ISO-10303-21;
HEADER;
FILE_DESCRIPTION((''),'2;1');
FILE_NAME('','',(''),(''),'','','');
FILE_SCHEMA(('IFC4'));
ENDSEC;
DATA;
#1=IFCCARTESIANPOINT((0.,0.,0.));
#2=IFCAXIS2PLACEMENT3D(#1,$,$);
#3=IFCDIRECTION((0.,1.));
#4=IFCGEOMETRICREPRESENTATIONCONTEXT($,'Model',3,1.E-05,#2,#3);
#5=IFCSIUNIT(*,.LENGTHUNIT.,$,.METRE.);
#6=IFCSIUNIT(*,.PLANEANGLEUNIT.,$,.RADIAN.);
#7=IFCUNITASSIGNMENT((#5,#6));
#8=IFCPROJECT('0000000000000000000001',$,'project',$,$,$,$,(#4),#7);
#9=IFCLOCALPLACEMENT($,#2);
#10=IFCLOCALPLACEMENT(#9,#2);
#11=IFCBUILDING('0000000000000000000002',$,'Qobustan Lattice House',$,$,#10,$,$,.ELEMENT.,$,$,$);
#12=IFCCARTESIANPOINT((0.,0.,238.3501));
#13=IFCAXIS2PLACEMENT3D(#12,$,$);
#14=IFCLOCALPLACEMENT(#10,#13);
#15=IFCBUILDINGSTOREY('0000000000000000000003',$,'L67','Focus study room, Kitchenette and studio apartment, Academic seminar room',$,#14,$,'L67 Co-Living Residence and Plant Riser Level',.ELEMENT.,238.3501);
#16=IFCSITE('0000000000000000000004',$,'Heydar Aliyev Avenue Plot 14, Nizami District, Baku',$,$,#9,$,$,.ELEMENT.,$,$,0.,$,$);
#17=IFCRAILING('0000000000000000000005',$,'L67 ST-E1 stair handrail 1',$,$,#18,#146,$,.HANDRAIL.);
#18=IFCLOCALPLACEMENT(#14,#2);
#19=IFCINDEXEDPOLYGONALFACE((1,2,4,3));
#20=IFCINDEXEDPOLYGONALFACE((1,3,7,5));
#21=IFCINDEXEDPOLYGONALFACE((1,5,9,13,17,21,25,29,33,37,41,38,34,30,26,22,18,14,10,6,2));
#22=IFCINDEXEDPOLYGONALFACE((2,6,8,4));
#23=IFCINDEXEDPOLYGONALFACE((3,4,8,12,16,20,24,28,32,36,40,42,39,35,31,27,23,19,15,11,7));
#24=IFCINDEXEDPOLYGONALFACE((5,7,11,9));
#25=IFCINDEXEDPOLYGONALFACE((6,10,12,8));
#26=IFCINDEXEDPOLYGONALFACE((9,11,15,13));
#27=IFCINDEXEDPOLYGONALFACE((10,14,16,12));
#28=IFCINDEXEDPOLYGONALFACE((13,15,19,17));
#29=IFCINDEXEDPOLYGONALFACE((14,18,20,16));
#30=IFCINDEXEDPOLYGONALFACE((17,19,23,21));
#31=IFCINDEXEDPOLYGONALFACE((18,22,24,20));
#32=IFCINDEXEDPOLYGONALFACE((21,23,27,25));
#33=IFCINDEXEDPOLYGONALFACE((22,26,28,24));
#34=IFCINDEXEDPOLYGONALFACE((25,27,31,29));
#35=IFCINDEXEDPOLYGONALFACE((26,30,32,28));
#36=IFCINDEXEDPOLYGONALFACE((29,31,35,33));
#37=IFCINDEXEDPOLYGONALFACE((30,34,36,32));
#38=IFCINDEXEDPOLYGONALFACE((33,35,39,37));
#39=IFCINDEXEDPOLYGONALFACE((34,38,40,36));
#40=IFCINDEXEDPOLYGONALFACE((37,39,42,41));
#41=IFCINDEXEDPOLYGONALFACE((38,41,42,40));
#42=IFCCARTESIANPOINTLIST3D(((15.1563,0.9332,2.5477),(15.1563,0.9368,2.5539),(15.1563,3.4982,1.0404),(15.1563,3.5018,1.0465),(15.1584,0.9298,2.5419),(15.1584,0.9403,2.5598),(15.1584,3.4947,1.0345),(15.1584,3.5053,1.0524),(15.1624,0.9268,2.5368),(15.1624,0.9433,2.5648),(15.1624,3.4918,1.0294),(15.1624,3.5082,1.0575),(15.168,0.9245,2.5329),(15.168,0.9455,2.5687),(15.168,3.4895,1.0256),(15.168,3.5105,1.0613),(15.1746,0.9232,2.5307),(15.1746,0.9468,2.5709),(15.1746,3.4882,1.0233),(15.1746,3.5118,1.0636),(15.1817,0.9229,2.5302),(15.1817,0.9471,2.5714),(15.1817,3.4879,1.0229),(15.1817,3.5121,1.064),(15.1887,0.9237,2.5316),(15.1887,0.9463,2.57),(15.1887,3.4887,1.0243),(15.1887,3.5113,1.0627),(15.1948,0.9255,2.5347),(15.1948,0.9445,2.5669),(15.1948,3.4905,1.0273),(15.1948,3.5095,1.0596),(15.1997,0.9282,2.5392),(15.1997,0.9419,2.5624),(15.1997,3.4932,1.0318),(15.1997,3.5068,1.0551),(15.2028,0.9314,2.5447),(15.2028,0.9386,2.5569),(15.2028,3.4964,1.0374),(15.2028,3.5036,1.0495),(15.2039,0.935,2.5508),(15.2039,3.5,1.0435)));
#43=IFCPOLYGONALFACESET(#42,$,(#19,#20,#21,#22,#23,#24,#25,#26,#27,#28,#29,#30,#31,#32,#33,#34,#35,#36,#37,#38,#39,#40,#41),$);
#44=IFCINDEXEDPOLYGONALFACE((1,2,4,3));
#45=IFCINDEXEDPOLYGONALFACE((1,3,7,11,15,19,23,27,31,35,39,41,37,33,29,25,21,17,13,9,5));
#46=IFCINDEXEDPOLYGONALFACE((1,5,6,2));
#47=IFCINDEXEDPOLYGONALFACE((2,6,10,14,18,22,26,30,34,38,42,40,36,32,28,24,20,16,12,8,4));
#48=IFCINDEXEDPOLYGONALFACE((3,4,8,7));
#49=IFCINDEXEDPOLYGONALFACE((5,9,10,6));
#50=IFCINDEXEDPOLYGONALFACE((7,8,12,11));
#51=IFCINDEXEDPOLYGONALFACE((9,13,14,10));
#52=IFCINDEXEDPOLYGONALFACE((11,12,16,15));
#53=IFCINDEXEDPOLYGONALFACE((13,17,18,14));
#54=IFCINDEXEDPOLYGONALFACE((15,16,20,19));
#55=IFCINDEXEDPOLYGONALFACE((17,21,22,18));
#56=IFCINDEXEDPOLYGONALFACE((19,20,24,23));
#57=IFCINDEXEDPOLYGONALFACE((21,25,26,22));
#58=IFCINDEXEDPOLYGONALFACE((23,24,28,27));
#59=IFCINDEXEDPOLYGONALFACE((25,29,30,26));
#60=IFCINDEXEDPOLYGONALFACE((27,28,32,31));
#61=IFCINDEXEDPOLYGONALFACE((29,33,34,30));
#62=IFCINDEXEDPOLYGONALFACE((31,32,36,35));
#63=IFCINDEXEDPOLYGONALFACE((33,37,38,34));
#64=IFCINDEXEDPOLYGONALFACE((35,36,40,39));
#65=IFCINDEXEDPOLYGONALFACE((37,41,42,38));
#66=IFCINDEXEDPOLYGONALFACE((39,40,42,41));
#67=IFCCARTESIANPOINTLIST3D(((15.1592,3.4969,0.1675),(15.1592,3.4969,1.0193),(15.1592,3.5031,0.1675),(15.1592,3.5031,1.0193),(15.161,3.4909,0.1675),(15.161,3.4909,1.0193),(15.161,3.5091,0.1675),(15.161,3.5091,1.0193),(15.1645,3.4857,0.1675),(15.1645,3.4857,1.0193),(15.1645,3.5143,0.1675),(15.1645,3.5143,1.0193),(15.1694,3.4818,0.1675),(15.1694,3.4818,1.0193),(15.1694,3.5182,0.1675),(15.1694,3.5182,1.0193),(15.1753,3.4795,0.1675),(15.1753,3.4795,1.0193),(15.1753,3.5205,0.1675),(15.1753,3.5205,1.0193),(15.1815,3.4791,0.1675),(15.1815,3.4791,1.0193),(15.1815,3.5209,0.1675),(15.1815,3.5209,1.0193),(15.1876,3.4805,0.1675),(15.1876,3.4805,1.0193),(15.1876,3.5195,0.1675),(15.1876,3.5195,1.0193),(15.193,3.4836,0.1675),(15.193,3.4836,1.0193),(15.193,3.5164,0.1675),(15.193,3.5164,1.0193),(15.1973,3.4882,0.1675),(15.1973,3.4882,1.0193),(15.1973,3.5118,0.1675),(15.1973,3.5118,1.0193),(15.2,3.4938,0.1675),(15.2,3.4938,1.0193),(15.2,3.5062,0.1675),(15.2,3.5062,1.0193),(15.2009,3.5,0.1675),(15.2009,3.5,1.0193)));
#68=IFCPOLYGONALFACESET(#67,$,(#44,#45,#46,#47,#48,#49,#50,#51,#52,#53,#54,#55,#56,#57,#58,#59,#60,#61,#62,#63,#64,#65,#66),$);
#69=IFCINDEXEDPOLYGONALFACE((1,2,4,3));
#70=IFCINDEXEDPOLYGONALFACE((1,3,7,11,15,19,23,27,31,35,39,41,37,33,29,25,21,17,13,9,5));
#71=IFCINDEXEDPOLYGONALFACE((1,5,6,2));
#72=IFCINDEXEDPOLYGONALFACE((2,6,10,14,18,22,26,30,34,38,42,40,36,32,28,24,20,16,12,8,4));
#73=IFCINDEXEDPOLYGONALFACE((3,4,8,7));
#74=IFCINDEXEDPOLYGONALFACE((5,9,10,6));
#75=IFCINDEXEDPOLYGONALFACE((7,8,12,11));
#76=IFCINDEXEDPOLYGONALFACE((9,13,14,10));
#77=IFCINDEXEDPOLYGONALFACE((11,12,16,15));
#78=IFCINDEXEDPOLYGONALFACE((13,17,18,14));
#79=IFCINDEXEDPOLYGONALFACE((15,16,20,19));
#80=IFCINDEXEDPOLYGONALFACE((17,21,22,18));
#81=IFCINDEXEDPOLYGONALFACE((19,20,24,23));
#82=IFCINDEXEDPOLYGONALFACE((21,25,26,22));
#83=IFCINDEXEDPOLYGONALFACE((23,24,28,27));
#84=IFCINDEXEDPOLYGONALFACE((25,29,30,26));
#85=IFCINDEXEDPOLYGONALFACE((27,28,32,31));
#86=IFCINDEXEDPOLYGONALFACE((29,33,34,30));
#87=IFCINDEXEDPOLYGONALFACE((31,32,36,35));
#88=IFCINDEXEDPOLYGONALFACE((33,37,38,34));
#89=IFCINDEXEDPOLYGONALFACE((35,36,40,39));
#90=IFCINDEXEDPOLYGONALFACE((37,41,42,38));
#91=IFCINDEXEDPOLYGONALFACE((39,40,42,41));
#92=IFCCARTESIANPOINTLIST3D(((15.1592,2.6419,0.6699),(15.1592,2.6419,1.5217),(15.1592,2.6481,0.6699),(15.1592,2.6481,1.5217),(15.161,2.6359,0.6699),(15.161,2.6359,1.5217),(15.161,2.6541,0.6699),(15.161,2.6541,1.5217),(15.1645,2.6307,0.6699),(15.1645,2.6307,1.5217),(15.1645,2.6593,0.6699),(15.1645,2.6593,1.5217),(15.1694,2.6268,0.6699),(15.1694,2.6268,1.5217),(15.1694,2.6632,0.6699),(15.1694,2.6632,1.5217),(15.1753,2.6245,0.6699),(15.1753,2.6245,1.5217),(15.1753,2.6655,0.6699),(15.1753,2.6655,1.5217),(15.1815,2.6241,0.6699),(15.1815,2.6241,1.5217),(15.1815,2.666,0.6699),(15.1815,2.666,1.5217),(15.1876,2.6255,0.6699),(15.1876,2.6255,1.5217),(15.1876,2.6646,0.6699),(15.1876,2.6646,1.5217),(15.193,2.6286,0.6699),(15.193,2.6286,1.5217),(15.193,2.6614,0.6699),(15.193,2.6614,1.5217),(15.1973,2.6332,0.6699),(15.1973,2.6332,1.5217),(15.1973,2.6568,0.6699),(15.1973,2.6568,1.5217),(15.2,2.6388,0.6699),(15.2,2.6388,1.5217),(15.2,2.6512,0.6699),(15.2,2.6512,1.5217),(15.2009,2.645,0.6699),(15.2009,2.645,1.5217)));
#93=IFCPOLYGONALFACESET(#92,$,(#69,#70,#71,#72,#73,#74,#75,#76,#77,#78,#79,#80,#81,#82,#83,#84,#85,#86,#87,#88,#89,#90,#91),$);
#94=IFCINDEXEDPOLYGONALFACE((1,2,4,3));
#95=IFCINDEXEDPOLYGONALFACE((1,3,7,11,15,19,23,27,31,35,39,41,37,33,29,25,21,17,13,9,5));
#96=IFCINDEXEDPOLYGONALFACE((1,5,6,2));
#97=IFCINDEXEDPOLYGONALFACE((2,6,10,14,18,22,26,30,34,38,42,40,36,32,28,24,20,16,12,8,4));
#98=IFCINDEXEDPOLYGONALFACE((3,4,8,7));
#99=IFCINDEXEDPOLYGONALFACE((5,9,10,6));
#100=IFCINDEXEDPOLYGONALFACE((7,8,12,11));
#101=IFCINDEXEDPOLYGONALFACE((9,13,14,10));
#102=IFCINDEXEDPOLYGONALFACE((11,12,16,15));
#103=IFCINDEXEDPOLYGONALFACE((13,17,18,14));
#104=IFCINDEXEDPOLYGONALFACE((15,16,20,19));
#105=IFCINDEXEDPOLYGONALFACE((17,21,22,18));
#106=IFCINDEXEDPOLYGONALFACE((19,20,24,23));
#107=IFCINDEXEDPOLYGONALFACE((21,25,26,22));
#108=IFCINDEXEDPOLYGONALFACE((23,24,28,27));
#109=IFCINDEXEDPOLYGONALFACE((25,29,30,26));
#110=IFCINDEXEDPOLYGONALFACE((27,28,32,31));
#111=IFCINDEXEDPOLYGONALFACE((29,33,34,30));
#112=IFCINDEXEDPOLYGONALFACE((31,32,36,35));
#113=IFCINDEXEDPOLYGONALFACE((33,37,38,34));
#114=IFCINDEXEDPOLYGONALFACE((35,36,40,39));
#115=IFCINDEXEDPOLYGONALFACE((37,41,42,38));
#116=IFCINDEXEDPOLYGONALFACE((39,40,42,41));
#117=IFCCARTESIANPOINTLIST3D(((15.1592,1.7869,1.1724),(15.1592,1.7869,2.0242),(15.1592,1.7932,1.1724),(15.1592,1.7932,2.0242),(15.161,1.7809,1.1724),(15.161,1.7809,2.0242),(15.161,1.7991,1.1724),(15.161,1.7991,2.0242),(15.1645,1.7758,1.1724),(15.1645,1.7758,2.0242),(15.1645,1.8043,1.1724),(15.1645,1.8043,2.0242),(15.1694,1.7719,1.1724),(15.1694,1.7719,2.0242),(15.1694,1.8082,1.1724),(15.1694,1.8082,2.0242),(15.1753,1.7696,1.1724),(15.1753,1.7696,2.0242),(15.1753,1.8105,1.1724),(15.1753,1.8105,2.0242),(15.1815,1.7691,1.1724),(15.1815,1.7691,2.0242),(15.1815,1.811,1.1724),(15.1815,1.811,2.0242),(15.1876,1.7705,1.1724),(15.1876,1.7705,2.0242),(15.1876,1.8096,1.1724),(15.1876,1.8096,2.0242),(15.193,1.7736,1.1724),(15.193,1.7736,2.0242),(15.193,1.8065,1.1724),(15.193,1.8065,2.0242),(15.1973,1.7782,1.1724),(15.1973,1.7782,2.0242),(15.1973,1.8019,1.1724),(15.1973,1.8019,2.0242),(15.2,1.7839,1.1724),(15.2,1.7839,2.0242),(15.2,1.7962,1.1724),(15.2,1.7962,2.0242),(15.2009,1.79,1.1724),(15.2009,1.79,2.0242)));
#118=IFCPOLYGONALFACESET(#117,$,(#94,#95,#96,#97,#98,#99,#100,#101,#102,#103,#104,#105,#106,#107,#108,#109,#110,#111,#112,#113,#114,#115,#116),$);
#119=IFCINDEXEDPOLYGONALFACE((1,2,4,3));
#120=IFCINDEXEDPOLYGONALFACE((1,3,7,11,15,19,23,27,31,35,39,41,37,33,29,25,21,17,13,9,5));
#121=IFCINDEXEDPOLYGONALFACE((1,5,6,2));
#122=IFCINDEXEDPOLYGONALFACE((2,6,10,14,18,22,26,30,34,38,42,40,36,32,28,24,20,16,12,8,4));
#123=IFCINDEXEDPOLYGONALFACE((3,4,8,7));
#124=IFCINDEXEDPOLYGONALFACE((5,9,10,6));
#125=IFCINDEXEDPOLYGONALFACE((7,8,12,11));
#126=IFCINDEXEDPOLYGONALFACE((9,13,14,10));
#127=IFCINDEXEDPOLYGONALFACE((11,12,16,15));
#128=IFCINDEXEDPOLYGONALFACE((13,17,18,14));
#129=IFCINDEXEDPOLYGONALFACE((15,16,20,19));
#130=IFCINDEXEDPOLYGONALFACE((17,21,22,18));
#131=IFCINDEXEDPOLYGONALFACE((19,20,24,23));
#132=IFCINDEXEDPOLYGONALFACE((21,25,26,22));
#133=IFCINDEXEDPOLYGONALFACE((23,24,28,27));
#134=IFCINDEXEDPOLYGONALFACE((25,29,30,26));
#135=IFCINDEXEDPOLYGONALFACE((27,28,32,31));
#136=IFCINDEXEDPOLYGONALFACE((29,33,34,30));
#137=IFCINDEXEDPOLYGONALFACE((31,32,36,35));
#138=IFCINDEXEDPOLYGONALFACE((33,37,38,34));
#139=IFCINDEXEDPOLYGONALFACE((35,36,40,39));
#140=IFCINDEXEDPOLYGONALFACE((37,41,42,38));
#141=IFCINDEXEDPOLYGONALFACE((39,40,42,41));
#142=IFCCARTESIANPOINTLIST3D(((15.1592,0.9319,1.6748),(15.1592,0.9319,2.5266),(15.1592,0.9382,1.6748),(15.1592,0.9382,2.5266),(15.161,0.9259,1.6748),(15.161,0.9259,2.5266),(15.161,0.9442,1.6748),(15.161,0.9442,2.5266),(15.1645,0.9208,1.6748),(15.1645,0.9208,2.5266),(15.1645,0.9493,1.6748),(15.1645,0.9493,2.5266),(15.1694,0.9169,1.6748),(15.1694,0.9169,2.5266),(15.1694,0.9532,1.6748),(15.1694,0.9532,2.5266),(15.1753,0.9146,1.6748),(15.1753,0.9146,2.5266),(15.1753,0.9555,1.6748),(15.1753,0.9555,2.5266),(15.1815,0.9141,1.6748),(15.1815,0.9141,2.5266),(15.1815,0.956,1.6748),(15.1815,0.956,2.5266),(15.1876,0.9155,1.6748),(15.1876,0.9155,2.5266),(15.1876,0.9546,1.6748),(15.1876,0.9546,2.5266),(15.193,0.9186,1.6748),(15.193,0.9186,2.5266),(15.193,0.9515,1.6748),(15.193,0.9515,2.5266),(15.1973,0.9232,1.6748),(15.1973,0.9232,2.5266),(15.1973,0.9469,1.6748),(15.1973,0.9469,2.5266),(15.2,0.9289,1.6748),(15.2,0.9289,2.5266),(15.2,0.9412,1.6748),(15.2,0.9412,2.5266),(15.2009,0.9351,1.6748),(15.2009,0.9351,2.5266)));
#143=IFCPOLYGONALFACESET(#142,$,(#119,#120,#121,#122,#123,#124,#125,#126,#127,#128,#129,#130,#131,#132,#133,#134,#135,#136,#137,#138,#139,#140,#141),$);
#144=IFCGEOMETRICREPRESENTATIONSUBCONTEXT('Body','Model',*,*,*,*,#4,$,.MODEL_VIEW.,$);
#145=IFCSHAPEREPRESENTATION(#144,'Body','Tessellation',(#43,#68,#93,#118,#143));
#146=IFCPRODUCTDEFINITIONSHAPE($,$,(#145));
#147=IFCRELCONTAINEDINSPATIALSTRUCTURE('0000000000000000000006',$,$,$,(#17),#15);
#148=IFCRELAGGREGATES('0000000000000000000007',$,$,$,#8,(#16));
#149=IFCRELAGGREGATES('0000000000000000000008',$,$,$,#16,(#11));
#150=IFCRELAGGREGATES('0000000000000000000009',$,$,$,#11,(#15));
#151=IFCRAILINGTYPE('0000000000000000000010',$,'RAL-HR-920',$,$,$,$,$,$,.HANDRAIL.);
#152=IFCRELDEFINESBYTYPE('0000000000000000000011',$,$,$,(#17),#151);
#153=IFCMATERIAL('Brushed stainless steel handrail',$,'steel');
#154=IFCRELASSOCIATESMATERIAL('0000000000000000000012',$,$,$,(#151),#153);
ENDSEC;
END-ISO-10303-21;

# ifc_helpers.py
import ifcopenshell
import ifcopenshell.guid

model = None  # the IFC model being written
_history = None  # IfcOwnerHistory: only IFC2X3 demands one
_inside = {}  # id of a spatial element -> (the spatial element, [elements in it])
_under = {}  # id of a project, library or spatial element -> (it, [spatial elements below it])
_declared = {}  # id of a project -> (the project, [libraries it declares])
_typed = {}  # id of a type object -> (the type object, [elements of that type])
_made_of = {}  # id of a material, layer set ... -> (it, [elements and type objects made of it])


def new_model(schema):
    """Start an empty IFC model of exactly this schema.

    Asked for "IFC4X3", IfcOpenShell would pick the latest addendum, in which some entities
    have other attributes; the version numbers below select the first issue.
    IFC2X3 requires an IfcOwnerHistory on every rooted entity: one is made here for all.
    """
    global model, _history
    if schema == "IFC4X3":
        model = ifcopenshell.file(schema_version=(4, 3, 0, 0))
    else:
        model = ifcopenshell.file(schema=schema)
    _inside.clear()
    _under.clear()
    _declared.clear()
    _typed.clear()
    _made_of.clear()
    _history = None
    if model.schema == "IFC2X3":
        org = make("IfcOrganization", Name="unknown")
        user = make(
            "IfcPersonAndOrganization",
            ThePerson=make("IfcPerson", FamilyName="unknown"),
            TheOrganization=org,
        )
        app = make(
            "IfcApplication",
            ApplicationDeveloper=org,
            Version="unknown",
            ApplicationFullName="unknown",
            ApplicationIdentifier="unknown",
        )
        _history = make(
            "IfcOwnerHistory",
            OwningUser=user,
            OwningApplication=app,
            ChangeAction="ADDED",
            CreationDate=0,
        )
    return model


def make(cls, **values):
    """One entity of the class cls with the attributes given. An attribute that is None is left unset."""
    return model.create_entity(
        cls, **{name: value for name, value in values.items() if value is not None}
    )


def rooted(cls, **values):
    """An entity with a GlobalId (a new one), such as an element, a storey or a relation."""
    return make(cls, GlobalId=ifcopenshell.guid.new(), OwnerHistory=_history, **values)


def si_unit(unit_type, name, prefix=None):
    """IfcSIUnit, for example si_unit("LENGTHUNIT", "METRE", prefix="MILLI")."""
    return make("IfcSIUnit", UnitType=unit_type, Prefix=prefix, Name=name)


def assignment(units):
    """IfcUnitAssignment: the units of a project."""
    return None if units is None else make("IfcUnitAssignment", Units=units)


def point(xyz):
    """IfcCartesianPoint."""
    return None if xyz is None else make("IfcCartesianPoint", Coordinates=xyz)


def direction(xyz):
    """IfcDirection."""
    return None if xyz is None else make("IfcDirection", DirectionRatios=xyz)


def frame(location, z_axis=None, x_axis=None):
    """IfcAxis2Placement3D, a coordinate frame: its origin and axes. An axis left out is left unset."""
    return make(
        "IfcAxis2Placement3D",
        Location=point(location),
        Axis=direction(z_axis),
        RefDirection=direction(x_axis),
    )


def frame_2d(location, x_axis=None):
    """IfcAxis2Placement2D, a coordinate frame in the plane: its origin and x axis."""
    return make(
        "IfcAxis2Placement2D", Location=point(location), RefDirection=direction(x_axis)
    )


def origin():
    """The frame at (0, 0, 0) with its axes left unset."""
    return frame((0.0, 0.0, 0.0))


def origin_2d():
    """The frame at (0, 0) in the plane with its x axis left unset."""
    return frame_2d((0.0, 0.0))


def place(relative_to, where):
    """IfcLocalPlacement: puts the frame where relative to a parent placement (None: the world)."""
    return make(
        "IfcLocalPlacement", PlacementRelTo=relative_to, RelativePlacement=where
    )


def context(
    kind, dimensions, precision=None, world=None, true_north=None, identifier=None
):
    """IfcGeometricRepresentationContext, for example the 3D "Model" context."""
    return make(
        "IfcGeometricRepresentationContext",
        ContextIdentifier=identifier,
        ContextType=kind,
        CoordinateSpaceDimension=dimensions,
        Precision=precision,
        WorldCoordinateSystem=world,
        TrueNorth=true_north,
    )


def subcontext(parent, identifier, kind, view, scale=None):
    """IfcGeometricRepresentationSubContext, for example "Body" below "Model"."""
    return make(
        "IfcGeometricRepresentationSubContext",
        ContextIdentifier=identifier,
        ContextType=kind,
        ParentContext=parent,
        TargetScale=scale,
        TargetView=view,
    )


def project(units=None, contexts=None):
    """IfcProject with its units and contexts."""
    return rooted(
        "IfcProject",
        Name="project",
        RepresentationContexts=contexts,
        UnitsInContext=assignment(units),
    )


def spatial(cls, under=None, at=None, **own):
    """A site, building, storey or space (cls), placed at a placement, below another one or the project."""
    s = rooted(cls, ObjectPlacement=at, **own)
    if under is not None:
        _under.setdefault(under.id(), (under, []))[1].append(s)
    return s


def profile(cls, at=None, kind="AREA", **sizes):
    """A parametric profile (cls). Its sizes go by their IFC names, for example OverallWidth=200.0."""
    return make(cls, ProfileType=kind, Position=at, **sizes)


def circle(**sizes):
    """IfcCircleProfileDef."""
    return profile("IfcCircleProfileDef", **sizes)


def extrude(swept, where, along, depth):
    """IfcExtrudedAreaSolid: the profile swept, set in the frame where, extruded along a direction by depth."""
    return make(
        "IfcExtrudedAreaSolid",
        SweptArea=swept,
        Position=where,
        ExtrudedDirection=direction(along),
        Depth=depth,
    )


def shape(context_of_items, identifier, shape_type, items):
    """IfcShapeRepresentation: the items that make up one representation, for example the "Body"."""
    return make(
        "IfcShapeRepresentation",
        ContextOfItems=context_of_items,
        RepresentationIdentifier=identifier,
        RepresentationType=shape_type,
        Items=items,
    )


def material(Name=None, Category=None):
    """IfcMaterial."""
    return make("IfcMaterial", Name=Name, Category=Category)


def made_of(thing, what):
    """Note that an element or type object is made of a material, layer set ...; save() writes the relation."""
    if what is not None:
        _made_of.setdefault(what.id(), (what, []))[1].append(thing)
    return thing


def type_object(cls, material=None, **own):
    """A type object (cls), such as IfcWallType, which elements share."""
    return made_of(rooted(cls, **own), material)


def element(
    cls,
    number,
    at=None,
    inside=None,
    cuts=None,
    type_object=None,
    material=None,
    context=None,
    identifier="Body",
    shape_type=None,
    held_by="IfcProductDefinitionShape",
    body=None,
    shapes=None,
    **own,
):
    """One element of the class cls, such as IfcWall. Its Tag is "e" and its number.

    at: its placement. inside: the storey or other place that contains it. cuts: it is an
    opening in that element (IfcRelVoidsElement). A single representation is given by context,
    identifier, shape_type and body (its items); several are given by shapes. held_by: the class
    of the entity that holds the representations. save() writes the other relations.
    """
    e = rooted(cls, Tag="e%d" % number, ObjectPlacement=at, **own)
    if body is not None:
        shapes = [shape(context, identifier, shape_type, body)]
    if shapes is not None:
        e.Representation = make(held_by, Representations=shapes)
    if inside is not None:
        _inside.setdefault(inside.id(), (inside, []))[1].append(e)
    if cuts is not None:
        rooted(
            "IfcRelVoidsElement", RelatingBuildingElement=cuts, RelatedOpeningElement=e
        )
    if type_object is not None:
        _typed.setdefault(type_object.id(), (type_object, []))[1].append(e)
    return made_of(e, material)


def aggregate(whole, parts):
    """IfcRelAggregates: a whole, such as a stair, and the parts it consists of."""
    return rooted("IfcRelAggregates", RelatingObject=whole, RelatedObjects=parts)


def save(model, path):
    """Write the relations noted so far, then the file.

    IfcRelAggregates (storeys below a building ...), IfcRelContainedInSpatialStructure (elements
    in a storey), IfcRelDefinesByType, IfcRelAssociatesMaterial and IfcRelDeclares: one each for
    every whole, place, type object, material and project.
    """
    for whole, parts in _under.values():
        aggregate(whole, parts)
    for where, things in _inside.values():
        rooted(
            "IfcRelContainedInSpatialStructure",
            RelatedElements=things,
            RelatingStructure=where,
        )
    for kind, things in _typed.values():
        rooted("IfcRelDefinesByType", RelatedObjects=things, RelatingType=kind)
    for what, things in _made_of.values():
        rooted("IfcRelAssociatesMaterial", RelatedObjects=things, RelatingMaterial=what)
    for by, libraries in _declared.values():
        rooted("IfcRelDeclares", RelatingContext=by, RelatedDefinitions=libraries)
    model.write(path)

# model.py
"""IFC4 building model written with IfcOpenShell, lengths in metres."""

from ifc_helpers import new_model, si_unit, direction, frame, origin, origin_2d, place, context, subcontext, project, spatial, circle, extrude, material, type_object, element, save


model = new_model("IFC4")

# Units and contexts
model_context = context("Model", 3, precision=1e-05, world=origin(), true_north=direction((0.0, 1.0)))
body_context = subcontext(model_context, "Body", "Model", "MODEL_VIEW")
ifc_project = project(units=[si_unit("LENGTHUNIT", "METRE"), si_unit("PLANEANGLEUNIT", "RADIAN")], contexts=[model_context])

# Site, building, storey
site_placement = place(None, origin())
site = spatial("IfcSite", under=ifc_project, at=site_placement, Name="Heydar Aliyev Avenue Plot 14, Nizami District, Baku", CompositionType="ELEMENT", RefElevation=0.0)
building_placement = place(site_placement, origin())
building = spatial("IfcBuilding", under=site, at=building_placement, Name="Qobustan Lattice House", CompositionType="ELEMENT")
storey_placement = place(building_placement, frame((0.0, 0.0, 238.3501)))
storey = spatial("IfcBuildingStorey", under=building, at=storey_placement, Name="L67", Description="Focus study room, Kitchenette and studio apartment, Academic seminar room", LongName="L67 Co-Living Residence and Plant Riser Level", CompositionType="ELEMENT", Elevation=238.3501)

# Railing
ifc_material_1 = material(Name="Brushed stainless steel handrail", Category="steel")
railing_type_1 = type_object("IfcRailingType", Name="RAL-HR-920", PredefinedType="HANDRAIL", material=ifc_material_1)
railing_1_placement = place(storey_placement, frame((15.1799, 3.5, 0.1675)))
element("IfcRailing", 1, at=railing_1_placement, inside=storey, type_object=railing_type_1, Name="L67 ST-E1 stair handrail 1", PredefinedType="HANDRAIL", context=body_context, shape_type="SweptSolid", body=[
    extrude(circle(Radius=0.0239, at=origin_2d()), frame((0.0, 0.0, 0.876), z_axis=(0.0, -0.862149, 0.506654), x_axis=(1.0, 0.0, 0.0)), (0.0, 0.0, 1.0), 2.9751),
    extrude(circle(Radius=0.021, at=origin_2d()), origin(), (0.0, 0.0, 1.0), 0.8518),
    extrude(circle(Radius=0.021, at=origin_2d()), frame((0.0, -0.855, 0.5024)), (0.0, 0.0, 1.0), 0.8518),
    extrude(circle(Radius=0.021, at=origin_2d()), frame((0.0, -1.71, 1.0049)), (0.0, 0.0, 1.0), 0.8518),
    extrude(circle(Radius=0.021, at=origin_2d()), frame((0.0, -2.5649, 1.5073)), (0.0, 0.0, 1.0), 0.8518),
])

save(model, "model.ifc")
